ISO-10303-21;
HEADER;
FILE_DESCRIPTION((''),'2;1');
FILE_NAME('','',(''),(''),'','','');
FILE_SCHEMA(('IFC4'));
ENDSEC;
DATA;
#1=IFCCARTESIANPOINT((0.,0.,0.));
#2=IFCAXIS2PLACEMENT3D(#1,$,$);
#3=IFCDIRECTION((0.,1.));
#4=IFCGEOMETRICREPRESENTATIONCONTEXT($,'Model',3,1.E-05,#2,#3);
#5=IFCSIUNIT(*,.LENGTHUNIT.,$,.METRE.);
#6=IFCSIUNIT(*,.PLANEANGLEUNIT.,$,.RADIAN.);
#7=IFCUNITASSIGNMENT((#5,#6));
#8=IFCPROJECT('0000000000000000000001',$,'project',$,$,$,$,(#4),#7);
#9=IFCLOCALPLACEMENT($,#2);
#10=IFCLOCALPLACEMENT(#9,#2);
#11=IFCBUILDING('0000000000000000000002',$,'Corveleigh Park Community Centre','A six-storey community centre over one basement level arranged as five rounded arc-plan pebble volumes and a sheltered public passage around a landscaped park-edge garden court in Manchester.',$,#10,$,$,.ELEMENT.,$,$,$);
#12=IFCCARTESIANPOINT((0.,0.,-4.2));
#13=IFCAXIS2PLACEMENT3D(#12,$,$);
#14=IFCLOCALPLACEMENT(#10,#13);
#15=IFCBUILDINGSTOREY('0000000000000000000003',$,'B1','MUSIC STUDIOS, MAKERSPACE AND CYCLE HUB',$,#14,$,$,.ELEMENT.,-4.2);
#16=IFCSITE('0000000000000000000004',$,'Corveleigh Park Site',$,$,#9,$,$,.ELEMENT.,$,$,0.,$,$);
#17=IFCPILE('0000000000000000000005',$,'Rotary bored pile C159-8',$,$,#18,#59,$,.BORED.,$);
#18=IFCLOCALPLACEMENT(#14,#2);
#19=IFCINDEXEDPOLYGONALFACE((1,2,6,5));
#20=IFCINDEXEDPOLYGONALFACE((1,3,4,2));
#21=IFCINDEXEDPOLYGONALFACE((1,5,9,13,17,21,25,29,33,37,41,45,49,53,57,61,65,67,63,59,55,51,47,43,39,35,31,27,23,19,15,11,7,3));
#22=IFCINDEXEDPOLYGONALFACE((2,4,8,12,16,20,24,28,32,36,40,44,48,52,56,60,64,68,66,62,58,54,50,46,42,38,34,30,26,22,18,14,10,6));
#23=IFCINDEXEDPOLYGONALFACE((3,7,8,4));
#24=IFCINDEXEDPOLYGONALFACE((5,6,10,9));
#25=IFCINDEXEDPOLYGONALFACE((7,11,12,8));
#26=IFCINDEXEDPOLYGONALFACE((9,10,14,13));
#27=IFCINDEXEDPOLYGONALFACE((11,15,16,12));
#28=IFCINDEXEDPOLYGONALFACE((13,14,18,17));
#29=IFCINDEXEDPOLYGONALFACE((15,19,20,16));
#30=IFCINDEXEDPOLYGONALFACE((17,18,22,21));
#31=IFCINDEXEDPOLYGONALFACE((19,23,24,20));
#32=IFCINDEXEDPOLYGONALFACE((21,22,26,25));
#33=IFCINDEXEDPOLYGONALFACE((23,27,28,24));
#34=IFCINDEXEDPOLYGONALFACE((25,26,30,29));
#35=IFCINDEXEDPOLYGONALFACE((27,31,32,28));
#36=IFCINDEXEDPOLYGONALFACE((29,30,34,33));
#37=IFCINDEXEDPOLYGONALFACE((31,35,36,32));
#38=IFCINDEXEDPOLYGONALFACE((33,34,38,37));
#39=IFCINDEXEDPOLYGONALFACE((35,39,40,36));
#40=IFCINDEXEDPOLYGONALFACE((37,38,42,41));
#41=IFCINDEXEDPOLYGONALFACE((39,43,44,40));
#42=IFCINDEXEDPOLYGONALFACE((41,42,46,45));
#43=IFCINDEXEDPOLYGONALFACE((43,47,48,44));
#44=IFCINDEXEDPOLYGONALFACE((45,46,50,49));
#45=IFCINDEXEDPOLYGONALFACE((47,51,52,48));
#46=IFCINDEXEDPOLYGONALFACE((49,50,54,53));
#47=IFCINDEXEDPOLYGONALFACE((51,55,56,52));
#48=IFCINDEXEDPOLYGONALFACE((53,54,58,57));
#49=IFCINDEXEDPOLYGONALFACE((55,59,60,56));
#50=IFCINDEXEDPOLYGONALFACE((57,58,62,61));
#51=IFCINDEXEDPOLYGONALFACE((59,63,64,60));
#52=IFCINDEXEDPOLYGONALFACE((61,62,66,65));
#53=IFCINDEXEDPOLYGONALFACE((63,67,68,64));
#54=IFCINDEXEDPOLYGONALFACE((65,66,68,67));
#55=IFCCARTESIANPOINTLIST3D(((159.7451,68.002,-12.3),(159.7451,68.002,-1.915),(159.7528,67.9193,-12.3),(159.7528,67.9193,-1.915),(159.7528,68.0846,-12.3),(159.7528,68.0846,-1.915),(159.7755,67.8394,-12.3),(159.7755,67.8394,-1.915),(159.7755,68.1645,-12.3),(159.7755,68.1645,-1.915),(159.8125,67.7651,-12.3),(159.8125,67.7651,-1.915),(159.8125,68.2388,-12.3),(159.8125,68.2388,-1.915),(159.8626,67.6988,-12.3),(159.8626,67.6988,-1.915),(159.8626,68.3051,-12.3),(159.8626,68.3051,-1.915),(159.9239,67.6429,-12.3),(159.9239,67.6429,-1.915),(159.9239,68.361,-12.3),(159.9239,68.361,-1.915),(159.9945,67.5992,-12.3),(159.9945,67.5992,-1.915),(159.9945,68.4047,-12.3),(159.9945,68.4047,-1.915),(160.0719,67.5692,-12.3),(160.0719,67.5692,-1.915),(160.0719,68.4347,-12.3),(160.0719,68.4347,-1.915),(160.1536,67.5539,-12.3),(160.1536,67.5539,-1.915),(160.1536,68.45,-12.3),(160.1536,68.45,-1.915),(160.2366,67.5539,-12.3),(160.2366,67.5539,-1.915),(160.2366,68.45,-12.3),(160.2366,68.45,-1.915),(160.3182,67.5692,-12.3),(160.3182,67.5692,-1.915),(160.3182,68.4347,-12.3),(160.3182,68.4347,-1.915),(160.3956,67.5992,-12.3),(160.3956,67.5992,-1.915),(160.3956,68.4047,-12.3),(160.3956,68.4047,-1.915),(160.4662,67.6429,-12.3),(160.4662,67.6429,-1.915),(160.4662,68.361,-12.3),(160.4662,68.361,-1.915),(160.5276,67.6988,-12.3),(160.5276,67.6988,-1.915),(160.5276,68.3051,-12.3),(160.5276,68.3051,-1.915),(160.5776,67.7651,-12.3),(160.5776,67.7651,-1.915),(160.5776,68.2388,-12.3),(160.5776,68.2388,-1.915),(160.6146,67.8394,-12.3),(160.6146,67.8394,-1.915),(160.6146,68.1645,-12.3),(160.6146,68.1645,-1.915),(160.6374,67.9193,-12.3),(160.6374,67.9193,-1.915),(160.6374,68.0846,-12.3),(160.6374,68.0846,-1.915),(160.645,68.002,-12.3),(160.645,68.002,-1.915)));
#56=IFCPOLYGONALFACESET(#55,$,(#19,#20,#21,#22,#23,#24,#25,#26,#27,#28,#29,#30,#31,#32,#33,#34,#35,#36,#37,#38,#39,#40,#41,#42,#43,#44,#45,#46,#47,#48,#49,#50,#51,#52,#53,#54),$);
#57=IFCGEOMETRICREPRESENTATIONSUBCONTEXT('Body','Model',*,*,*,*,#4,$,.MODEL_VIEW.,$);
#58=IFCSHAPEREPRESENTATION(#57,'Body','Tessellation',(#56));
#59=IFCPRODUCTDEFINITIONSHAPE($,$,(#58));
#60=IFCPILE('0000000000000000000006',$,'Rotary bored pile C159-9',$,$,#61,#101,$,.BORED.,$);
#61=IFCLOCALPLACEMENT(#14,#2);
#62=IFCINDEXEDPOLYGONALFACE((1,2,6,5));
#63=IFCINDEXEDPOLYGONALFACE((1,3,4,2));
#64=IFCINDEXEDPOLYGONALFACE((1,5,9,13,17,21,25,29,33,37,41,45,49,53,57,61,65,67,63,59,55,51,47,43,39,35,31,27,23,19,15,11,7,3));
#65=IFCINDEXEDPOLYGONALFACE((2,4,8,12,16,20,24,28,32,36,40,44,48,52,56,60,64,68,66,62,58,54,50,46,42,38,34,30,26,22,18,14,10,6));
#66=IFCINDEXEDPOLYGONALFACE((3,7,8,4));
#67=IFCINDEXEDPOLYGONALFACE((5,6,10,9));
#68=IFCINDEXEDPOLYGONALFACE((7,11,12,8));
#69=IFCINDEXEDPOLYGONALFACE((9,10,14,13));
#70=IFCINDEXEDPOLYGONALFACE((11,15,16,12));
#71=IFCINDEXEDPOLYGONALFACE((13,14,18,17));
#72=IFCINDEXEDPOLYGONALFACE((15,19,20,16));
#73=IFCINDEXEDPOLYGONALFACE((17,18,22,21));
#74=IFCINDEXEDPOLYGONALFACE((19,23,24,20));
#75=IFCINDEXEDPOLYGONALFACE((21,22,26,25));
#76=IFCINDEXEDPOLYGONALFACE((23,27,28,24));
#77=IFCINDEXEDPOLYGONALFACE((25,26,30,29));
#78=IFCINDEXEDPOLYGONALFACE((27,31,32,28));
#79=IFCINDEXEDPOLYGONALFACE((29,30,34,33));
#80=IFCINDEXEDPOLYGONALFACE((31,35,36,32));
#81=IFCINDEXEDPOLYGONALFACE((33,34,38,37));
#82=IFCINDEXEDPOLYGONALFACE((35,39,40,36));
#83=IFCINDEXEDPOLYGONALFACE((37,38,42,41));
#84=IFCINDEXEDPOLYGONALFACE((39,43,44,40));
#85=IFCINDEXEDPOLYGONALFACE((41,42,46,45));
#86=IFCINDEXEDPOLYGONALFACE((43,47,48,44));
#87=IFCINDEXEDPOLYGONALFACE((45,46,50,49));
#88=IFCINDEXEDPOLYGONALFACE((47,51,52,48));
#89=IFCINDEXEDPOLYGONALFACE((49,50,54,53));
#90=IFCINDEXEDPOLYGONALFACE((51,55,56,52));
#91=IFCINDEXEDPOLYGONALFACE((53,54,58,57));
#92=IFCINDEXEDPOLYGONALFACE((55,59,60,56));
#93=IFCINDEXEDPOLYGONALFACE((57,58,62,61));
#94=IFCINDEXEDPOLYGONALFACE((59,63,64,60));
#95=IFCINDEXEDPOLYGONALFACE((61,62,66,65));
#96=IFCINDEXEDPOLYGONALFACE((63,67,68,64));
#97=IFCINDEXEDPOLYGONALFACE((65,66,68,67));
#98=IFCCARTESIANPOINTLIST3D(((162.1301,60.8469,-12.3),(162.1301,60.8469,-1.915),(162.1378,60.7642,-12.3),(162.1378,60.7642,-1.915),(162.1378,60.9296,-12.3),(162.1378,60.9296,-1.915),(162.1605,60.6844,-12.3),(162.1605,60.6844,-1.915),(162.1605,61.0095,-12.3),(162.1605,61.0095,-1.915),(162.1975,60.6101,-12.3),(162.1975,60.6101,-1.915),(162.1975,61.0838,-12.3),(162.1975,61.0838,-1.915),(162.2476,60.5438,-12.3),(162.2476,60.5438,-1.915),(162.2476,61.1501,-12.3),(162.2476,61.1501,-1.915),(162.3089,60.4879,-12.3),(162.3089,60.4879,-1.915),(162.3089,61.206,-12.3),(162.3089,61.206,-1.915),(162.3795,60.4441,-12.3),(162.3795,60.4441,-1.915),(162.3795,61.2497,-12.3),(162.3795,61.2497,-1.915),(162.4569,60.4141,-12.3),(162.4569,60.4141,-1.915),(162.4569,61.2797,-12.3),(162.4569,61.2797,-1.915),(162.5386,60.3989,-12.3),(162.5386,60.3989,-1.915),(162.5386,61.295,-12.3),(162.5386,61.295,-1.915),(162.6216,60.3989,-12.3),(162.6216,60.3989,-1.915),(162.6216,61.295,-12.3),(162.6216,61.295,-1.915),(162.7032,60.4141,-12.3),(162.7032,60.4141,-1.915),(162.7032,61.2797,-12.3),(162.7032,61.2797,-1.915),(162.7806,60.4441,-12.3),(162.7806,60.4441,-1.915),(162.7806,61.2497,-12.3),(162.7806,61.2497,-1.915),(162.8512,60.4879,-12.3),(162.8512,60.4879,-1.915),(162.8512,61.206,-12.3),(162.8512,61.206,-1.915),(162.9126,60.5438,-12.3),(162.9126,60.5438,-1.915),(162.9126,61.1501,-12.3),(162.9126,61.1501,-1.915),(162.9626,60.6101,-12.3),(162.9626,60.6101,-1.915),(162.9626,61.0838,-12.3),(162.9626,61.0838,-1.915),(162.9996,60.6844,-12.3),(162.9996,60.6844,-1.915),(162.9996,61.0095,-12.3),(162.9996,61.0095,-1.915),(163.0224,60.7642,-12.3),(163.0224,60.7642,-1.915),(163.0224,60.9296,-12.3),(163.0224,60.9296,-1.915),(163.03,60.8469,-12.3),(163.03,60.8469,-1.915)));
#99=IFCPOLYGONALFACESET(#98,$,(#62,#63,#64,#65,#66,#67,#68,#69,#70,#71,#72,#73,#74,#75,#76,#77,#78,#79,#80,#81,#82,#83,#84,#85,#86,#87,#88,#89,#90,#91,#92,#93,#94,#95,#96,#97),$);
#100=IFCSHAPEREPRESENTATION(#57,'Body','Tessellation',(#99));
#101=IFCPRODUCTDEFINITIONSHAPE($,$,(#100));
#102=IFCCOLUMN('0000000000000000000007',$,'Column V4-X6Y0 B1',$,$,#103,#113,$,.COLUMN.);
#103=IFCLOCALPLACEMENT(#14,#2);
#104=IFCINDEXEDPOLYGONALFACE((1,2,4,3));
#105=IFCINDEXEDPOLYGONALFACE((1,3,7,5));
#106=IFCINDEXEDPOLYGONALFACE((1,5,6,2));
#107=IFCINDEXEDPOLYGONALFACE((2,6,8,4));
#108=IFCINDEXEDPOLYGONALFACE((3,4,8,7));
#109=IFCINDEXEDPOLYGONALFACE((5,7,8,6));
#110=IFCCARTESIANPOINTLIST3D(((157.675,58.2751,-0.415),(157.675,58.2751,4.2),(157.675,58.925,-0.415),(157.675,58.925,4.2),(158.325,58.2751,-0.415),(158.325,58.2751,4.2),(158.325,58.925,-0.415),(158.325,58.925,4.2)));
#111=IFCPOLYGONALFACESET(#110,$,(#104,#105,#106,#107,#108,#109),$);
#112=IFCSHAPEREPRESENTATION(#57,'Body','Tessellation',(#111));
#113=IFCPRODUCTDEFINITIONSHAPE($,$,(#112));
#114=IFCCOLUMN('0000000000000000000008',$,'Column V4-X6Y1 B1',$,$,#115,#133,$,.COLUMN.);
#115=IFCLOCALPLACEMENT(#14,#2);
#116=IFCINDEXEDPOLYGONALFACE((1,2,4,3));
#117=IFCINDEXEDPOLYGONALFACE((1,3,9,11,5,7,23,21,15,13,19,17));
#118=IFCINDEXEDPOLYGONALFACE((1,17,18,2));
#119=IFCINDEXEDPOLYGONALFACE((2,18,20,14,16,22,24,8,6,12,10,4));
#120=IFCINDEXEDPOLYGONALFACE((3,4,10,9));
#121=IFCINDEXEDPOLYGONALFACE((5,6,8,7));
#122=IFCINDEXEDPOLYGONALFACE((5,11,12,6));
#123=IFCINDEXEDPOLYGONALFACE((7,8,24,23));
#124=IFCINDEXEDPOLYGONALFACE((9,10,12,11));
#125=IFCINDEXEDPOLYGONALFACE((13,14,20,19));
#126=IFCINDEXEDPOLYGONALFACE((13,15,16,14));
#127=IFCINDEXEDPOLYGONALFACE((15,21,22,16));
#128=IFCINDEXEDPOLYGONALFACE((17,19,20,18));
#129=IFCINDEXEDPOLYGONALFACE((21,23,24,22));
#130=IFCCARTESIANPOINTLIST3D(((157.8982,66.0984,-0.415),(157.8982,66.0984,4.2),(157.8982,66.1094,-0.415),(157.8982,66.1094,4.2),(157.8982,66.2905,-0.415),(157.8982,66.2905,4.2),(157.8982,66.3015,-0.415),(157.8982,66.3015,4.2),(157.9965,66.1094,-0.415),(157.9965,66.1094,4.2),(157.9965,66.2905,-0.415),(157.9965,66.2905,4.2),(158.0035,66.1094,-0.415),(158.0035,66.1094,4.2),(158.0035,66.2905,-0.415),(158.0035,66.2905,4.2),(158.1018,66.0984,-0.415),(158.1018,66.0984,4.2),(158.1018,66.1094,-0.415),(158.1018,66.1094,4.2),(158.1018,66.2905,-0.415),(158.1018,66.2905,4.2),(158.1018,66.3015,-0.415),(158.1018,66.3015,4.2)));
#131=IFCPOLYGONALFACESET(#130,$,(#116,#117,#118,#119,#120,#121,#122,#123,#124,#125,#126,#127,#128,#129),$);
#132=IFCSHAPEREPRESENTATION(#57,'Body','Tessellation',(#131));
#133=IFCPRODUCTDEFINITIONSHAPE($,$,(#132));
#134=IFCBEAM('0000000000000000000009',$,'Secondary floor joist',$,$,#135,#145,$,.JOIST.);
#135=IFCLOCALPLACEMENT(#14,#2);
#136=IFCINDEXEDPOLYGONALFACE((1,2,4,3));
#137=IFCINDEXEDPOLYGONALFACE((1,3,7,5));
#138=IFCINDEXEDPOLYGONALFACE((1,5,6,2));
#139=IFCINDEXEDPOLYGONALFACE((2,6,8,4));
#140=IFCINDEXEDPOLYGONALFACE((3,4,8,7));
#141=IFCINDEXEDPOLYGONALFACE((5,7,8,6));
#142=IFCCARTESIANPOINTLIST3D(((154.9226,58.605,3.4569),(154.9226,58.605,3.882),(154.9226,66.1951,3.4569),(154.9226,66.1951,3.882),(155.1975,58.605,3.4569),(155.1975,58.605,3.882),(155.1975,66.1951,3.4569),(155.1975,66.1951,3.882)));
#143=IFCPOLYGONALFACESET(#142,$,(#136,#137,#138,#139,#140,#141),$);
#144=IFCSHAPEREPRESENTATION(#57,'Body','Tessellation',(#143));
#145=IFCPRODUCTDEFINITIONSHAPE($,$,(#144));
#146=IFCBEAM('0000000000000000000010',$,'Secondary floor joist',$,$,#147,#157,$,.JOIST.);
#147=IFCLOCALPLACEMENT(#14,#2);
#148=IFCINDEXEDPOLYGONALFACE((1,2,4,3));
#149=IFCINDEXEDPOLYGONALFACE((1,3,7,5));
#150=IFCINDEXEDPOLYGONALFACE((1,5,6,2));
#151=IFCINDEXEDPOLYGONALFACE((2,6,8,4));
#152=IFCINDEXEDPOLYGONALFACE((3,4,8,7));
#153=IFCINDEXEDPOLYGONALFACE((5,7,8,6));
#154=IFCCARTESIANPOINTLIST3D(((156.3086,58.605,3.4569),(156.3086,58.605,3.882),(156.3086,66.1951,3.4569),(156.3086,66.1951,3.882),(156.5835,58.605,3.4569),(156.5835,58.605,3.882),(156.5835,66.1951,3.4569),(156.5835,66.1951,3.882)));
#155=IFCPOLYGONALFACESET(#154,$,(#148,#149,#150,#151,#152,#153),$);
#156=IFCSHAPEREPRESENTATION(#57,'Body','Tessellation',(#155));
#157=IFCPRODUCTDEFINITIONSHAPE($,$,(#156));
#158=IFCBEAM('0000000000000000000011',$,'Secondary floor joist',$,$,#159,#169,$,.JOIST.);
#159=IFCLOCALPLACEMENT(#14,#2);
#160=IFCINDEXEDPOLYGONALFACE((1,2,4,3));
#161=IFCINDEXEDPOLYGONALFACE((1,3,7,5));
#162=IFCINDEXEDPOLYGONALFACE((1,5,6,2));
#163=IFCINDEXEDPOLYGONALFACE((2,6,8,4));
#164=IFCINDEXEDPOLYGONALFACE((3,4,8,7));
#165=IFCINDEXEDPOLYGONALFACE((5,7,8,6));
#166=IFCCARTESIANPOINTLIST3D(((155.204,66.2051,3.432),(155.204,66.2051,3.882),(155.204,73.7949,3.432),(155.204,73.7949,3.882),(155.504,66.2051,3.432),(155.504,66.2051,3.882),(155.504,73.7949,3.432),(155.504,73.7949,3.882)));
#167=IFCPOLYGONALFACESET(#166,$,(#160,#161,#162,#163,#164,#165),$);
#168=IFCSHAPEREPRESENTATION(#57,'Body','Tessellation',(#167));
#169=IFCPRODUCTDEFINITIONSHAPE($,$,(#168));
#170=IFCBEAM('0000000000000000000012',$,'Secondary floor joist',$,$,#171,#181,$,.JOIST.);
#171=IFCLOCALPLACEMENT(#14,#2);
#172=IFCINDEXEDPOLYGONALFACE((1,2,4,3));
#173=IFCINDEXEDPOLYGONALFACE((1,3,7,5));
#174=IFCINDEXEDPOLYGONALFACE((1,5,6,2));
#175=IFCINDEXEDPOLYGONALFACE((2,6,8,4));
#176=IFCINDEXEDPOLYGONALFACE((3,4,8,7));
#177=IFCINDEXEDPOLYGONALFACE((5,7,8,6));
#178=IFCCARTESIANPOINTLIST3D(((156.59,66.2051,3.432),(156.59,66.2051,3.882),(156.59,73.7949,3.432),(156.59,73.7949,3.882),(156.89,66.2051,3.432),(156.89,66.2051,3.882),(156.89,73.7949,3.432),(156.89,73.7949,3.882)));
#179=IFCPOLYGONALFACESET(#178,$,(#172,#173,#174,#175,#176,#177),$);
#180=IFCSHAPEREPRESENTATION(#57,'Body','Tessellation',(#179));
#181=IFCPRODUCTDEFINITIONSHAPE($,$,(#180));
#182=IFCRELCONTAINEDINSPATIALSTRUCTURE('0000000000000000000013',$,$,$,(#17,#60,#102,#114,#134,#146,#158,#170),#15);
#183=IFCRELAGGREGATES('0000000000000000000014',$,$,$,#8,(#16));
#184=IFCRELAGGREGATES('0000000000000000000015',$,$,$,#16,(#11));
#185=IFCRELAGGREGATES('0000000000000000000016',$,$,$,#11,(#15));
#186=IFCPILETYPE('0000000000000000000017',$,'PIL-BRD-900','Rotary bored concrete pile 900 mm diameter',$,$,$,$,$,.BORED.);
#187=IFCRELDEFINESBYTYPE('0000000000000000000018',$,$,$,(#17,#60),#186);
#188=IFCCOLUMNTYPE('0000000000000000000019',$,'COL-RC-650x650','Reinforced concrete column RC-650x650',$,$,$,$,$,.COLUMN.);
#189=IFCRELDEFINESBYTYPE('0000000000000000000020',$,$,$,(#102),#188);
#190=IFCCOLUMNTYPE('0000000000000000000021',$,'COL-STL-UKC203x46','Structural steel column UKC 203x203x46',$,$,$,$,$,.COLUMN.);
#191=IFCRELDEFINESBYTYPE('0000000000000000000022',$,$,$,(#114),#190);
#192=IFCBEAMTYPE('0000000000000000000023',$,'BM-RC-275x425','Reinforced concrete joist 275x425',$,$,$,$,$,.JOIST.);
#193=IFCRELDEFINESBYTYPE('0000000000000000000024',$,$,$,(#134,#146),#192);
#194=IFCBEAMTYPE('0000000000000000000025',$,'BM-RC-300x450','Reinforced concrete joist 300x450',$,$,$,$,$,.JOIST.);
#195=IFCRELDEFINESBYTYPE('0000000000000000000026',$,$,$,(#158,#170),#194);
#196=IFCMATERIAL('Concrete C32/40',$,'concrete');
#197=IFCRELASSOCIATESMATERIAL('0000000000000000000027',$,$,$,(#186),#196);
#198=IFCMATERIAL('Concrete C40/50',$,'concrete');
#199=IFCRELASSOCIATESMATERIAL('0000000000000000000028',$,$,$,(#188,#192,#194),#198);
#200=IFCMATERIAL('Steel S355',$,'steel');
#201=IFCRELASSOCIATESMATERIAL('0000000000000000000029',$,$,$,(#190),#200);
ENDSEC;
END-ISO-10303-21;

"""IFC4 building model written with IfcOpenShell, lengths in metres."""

from ifc_helpers import new_model, si_unit, direction, frame, origin, origin_2d, place, context, subcontext, project, spatial, rectangle, circle, i_section, extrude, material, material_profile, profile_set, type_object, element, save


model = new_model("IFC4")

# Units and contexts
model_context = context("Model", 3, precision=1e-05, world=origin(), true_north=direction((0.0, 1.0)))
body_context = subcontext(model_context, "Body", "Model", "MODEL_VIEW")
ifc_project = project(units=[si_unit("LENGTHUNIT", "METRE"), si_unit("PLANEANGLEUNIT", "RADIAN")], contexts=[model_context])

# Site, building, storey
site_placement = place(None, origin())
site = spatial("IfcSite", under=ifc_project, at=site_placement, Name="Corveleigh Park Site", CompositionType="ELEMENT", RefElevation=0.0)
building_placement = place(site_placement, origin())
building = spatial("IfcBuilding", under=site, at=building_placement, Name="Corveleigh Park Community Centre", Description="A six-storey community centre over one basement level arranged as five rounded arc-plan pebble volumes and a sheltered public passage around a landscaped park-edge garden court in Manchester.", CompositionType="ELEMENT")
storey_placement = place(building_placement, frame((0.0, 0.0, -4.2)))
storey = spatial("IfcBuildingStorey", under=building, at=storey_placement, Name="B1", Description="MUSIC STUDIOS, MAKERSPACE AND CYCLE HUB", CompositionType="ELEMENT", Elevation=-4.2)

# Shared definitions
ifc_material_1 = material(Name="Concrete C40/50", Category="concrete")

# Piles
ifc_material_2 = material(Name="Concrete C32/40", Category="concrete")
ifc_material_profile_1 = material_profile(ifc_material_2, circle(Radius=0.45, at=origin_2d()), Name="BORED-PILE-900", Category="concrete")
ifc_profile_set_1 = profile_set([ifc_material_profile_1], Name="Concrete C32/40")
pile_type = type_object("IfcPileType", Name="PIL-BRD-900", Description="Rotary bored concrete pile 900 mm diameter", PredefinedType="BORED", material=ifc_profile_set_1)
for number, where, z_axis, x_axis, name in (
    (1, (160.1951, 68.002, -1.915), (0.0, 0.0, -1.0), (1.0, 0.0, 0.0), "Rotary bored pile C159-8"),
    (2, (162.5801, 60.8469, -1.915), (0.0, 0.0, -1.0), (1.0, 0.0, 0.0), "Rotary bored pile C159-9"),
):
    element("IfcPile", number, at=place(storey_placement, frame(where, z_axis=z_axis, x_axis=x_axis)), inside=storey, type_object=pile_type, Name=name, PredefinedType="BORED", context=body_context, shape_type="SweptSolid", body=[
        extrude(circle(Radius=0.45, at=origin_2d()), origin(), (0.0, 0.0, 1.0), 10.385),
    ])

# Columns
ifc_material_profile_2 = material_profile(ifc_material_1, rectangle(XDim=0.6499, YDim=0.6499, at=origin_2d()), Name="RC-650x650", Category="concrete")
ifc_profile_set_2 = profile_set([ifc_material_profile_2], Name="Concrete C40/50")
column_type_1 = type_object("IfcColumnType", Name="COL-RC-650x650", Description="Reinforced concrete column RC-650x650", PredefinedType="COLUMN", material=ifc_profile_set_2)
column_1_placement = place(storey_placement, frame((158.0, 58.6001, -0.415), z_axis=(0.0, 0.0, 1.0), x_axis=(1.0, 0.0, 0.0)))
element("IfcColumn", 3, at=column_1_placement, inside=storey, type_object=column_type_1, Name="Column V4-X6Y0 B1", PredefinedType="COLUMN", context=body_context, shape_type="SweptSolid", body=[
    extrude(rectangle(XDim=0.6499, YDim=0.6499, at=origin_2d()), origin(), (0.0, 0.0, 1.0), 4.615),
])
ifc_material_3 = material(Name="Steel S355", Category="steel")
ifc_material_profile_3 = material_profile(ifc_material_3, i_section(OverallWidth=0.2036, OverallDepth=0.2031, WebThickness=0.0071, FlangeThickness=0.011, at=origin_2d()), Name="UKC 203x203x46", Category="steel")
ifc_profile_set_3 = profile_set([ifc_material_profile_3], Name="Steel S355")
column_type_2 = type_object("IfcColumnType", Name="COL-STL-UKC203x46", Description="Structural steel column UKC 203x203x46", PredefinedType="COLUMN", material=ifc_profile_set_3)
column_2_placement = place(storey_placement, frame((158.0, 66.2, -0.415), z_axis=(0.0, 0.0, 1.0), x_axis=(1.0, 0.0, 0.0)))
element("IfcColumn", 4, at=column_2_placement, inside=storey, type_object=column_type_2, Name="Column V4-X6Y1 B1", PredefinedType="COLUMN", context=body_context, shape_type="SweptSolid", body=[
    extrude(i_section(OverallWidth=0.2036, OverallDepth=0.2031, WebThickness=0.0071, FlangeThickness=0.011, at=origin_2d()), origin(), (0.0, 0.0, 1.0), 4.615),
])

# Beams
ifc_material_profile_4 = material_profile(ifc_material_1, rectangle(XDim=0.2749, YDim=0.425, at=origin_2d()), Name="RC-275x425", Category="concrete")
ifc_profile_set_4 = profile_set([ifc_material_profile_4], Name="Concrete C40/50")
beam_type_1 = type_object("IfcBeamType", Name="BM-RC-275x425", Description="Reinforced concrete joist 275x425", PredefinedType="JOIST", material=ifc_profile_set_4)
for number, where, z_axis, x_axis, name in (
    (5, (155.0601, 58.605, 3.6694), (0.0, 1.0, 0.0), (-1.0, 0.0, 0.0), "Secondary floor joist"),
    (6, (156.446, 58.605, 3.6694), (0.0, 1.0, 0.0), (-1.0, 0.0, 0.0), "Secondary floor joist"),
):
    element("IfcBeam", number, at=place(storey_placement, frame(where, z_axis=z_axis, x_axis=x_axis)), inside=storey, type_object=beam_type_1, Name=name, PredefinedType="JOIST", context=body_context, shape_type="SweptSolid", body=[
        extrude(rectangle(XDim=0.2749, YDim=0.425, at=origin_2d()), origin(), (0.0, 0.0, 1.0), 7.5901),
    ])
ifc_material_profile_5 = material_profile(ifc_material_1, rectangle(XDim=0.3, YDim=0.45, at=origin_2d()), Name="RC-300x450", Category="concrete")
ifc_profile_set_5 = profile_set([ifc_material_profile_5], Name="Concrete C40/50")
beam_type_2 = type_object("IfcBeamType", Name="BM-RC-300x450", Description="Reinforced concrete joist 300x450", PredefinedType="JOIST", material=ifc_profile_set_5)
for number, where, z_axis, x_axis, name in (
    (7, (155.354, 66.2051, 3.657), (0.0, 1.0, 0.0), (-1.0, 0.0, 0.0), "Secondary floor joist"),
    (8, (156.74, 66.2051, 3.657), (0.0, 1.0, 0.0), (-1.0, 0.0, 0.0), "Secondary floor joist"),
):
    element("IfcBeam", number, at=place(storey_placement, frame(where, z_axis=z_axis, x_axis=x_axis)), inside=storey, type_object=beam_type_2, Name=name, PredefinedType="JOIST", context=body_context, shape_type="SweptSolid", body=[
        extrude(rectangle(XDim=0.3, YDim=0.45, at=origin_2d()), origin(), (0.0, 0.0, 1.0), 7.5898),
    ])

save(model, "model.ifc")
